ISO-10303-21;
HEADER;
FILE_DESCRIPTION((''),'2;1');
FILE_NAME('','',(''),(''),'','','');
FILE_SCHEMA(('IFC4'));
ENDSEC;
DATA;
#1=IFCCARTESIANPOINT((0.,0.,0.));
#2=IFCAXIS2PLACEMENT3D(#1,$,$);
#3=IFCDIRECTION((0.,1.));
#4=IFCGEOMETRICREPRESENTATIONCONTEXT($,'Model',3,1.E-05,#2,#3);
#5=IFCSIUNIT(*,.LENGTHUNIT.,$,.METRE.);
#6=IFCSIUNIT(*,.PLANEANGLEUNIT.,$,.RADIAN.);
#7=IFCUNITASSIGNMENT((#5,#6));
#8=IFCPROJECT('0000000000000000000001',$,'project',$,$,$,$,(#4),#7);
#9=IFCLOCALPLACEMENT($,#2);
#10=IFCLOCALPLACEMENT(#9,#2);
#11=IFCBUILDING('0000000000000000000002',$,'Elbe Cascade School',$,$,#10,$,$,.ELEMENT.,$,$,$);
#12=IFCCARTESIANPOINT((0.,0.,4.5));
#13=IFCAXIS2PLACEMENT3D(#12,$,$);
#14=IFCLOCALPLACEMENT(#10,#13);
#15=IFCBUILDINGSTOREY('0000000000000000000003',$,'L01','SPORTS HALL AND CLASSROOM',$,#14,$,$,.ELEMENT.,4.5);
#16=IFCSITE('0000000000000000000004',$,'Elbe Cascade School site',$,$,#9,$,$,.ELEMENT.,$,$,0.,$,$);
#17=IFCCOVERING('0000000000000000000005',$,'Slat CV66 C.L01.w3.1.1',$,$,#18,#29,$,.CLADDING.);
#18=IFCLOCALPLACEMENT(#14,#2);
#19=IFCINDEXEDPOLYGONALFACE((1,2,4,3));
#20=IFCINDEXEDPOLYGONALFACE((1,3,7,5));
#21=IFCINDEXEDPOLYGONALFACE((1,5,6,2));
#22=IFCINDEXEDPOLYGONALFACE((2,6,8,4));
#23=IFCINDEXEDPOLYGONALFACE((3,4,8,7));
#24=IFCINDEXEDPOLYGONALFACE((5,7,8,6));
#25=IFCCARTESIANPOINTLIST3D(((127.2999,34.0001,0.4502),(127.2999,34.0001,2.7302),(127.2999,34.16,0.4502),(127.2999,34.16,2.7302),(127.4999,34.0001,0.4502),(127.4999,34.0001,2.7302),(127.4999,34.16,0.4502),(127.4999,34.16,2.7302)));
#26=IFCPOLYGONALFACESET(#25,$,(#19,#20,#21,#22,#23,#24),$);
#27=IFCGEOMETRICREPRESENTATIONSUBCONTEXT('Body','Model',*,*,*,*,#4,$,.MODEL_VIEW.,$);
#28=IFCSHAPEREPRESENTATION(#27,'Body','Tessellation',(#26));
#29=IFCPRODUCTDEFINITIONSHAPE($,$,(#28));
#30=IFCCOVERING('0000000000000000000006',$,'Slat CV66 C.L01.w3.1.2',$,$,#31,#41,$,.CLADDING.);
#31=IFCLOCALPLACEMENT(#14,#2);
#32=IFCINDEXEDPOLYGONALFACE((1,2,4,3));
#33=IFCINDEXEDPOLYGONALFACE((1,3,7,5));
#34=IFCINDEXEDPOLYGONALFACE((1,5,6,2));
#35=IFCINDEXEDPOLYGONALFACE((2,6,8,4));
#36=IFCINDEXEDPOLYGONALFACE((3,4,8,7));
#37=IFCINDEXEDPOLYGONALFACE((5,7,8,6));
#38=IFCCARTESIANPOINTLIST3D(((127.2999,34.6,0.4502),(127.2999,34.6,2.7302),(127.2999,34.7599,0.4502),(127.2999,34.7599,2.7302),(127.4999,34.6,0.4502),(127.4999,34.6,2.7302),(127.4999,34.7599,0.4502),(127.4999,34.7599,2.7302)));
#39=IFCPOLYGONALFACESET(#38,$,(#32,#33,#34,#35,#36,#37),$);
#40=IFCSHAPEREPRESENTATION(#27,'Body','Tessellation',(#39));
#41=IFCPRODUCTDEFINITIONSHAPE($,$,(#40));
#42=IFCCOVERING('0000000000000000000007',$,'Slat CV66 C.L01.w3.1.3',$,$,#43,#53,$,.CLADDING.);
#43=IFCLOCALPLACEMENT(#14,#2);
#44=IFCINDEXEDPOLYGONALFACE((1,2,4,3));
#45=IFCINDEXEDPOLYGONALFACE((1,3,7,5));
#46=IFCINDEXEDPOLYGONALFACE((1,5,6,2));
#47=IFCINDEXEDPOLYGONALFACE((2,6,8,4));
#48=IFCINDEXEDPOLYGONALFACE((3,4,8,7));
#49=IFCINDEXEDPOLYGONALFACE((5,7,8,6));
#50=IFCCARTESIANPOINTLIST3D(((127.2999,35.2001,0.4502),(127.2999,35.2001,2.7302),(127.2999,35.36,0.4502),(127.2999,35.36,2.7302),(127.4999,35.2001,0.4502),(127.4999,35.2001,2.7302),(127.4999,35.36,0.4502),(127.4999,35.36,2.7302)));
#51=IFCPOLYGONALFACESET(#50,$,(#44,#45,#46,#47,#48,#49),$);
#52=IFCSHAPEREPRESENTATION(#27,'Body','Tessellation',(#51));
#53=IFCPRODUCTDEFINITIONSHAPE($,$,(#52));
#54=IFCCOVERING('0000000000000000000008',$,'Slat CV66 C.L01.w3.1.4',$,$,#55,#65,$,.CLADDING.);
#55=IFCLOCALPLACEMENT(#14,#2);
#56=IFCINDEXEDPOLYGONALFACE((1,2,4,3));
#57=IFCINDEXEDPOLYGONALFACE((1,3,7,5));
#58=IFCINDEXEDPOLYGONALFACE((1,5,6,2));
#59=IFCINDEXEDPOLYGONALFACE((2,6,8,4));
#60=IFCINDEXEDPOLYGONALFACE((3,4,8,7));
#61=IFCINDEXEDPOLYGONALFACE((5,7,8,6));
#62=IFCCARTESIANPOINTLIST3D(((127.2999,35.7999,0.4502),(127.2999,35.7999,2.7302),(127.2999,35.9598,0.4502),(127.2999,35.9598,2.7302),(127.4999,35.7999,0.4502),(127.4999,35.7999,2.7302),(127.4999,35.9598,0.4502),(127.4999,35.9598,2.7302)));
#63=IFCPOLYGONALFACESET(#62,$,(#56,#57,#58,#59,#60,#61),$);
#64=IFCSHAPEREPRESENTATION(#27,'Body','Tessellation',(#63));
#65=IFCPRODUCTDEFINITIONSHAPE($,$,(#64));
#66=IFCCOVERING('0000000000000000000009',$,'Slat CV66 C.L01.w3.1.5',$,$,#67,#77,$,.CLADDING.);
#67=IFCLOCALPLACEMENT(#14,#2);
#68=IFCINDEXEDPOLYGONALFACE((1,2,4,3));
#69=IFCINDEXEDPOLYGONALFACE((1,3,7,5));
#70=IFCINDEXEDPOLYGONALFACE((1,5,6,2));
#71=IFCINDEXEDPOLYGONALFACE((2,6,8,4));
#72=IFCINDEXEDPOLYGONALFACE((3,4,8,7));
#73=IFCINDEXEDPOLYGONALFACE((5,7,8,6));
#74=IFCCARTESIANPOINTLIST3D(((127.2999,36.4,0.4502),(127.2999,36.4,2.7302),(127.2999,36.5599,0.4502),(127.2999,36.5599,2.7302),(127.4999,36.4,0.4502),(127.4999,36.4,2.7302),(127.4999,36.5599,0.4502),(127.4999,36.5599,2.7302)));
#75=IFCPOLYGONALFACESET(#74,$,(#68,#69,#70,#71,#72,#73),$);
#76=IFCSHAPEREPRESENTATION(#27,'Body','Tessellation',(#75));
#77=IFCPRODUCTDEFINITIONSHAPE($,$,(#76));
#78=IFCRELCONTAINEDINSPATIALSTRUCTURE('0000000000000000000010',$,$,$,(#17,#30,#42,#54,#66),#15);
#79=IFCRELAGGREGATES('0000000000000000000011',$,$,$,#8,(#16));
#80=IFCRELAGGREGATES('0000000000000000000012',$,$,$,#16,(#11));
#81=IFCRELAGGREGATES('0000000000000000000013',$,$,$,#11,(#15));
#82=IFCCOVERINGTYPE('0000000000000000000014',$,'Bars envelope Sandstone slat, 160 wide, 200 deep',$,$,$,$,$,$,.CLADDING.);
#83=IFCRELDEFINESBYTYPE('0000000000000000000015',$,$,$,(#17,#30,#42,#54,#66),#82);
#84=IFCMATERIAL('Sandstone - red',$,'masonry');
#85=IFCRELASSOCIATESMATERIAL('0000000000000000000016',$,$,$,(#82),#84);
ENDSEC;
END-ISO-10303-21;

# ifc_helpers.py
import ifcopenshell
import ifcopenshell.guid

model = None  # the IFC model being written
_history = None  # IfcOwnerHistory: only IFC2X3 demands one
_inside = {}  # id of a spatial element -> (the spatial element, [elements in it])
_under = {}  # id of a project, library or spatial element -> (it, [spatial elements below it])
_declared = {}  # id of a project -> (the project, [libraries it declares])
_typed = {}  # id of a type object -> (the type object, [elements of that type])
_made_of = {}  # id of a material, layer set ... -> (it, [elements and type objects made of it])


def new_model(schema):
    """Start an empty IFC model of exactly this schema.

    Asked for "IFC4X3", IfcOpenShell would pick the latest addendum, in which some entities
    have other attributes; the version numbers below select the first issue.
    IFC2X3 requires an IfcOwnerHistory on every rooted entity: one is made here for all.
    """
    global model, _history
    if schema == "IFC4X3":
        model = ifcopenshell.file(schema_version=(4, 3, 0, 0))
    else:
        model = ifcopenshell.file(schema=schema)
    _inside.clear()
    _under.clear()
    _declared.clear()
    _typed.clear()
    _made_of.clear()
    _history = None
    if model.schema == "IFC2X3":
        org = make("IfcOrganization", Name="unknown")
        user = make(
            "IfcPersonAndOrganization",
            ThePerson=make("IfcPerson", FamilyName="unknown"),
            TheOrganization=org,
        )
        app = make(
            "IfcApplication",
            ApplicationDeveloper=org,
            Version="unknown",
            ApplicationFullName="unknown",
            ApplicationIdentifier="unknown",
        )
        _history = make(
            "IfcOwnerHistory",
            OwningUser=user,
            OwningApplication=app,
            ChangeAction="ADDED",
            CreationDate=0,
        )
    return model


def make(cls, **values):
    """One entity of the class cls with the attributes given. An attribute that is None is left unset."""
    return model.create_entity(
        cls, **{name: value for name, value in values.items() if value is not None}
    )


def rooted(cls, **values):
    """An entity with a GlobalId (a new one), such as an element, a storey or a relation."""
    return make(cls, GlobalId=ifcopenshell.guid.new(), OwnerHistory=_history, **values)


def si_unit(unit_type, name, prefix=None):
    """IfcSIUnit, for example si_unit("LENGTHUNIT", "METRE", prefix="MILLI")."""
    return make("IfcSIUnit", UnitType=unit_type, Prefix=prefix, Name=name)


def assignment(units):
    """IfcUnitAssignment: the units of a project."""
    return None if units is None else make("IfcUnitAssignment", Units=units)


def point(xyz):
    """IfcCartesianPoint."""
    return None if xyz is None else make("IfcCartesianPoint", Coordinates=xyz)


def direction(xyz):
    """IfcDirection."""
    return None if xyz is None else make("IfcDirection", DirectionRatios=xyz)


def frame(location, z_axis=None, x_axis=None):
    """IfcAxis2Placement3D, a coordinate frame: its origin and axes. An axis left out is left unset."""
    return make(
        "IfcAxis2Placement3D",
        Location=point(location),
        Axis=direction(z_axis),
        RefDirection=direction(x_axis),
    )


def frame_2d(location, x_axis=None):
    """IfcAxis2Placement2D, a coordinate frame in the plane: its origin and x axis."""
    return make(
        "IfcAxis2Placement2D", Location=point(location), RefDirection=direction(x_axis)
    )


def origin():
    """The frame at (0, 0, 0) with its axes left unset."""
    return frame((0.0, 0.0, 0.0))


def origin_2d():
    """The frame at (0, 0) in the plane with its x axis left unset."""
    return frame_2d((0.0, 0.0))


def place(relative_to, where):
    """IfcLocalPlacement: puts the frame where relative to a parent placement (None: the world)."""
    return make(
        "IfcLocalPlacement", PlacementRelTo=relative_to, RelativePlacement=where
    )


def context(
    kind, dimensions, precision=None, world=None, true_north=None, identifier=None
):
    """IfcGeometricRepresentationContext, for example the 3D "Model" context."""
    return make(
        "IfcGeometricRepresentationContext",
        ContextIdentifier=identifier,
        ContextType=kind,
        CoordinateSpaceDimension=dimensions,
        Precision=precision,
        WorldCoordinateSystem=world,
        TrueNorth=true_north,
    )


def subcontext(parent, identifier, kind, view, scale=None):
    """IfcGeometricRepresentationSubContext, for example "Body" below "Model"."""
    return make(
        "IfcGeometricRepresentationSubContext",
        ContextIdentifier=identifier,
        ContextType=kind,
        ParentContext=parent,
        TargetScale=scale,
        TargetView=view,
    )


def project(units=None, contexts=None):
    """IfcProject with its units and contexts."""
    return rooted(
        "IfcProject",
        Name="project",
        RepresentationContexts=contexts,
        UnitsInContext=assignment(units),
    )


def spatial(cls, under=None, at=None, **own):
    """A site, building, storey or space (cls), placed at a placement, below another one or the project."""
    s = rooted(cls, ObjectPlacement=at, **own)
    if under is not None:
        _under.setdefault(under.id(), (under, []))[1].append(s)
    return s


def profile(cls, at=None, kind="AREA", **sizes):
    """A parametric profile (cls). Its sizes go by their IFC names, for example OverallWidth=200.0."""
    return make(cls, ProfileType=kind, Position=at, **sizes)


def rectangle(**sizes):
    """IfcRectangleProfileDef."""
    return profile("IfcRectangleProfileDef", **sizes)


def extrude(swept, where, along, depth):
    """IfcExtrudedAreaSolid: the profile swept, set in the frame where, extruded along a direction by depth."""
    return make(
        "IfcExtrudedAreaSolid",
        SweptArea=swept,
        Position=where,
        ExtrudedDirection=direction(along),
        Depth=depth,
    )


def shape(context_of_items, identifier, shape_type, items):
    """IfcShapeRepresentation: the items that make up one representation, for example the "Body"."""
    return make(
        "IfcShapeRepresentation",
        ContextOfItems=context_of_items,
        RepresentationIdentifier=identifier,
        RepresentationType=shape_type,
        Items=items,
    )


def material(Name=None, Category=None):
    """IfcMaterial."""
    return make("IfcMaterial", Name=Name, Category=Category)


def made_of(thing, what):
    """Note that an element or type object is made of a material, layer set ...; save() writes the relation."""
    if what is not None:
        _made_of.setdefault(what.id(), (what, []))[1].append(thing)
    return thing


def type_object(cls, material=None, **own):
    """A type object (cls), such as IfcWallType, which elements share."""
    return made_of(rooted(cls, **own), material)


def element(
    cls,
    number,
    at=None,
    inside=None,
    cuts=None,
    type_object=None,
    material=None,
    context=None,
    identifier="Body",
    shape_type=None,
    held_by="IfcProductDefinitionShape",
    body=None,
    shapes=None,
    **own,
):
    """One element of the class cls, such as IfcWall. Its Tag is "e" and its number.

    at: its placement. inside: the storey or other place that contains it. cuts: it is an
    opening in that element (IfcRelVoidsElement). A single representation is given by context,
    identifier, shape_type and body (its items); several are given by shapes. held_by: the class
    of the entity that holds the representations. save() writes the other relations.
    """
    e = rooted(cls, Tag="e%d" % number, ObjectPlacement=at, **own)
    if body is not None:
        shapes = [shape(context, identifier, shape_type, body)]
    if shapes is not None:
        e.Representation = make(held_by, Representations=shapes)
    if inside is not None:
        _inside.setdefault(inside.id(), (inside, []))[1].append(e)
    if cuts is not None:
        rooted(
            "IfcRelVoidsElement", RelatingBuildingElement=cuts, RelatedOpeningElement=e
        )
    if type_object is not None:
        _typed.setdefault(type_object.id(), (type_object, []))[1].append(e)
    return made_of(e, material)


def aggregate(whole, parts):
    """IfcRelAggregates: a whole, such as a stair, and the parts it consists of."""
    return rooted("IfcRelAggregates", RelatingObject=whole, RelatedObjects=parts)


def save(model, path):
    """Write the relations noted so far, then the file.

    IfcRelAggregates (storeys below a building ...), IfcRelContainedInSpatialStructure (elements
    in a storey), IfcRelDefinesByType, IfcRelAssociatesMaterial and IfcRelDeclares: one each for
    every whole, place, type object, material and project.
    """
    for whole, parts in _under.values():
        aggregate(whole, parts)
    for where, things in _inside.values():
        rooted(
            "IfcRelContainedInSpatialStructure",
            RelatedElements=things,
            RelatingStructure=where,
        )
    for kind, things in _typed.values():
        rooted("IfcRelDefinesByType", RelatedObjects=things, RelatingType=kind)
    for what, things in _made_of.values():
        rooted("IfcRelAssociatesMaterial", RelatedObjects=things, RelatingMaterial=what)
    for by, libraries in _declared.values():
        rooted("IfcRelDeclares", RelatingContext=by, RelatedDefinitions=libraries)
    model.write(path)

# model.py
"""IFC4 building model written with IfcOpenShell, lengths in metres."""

from ifc_helpers import new_model, si_unit, direction, frame, origin, origin_2d, place, context, subcontext, project, spatial, rectangle, extrude, material, type_object, element, save


model = new_model("IFC4")

# Units and contexts
model_context = context("Model", 3, precision=1e-05, world=origin(), true_north=direction((0.0, 1.0)))
body_context = subcontext(model_context, "Body", "Model", "MODEL_VIEW")
ifc_project = project(units=[si_unit("LENGTHUNIT", "METRE"), si_unit("PLANEANGLEUNIT", "RADIAN")], contexts=[model_context])

# Site, building, storey
site_placement = place(None, origin())
site = spatial("IfcSite", under=ifc_project, at=site_placement, Name="Elbe Cascade School site", CompositionType="ELEMENT", RefElevation=0.0)
building_placement = place(site_placement, origin())
building = spatial("IfcBuilding", under=site, at=building_placement, Name="Elbe Cascade School", CompositionType="ELEMENT")
storey_placement = place(building_placement, frame((0.0, 0.0, 4.5)))
storey = spatial("IfcBuildingStorey", under=building, at=storey_placement, Name="L01", Description="SPORTS HALL AND CLASSROOM", CompositionType="ELEMENT", Elevation=4.5)

# Coverings
ifc_material_1 = material(Name="Sandstone - red", Category="masonry")
covering_type_1 = type_object("IfcCoveringType", Name="Bars envelope Sandstone slat, 160 wide, 200 deep", PredefinedType="CLADDING", material=ifc_material_1)
for number, where, z_axis, x_axis, name in (
    (1, (127.3999, 34.0801, 0.4502), (0.0, 0.0, 1.0), (0.0, 1.0, 0.0), "Slat CV66 C.L01.w3.1.1"),
    (2, (127.3999, 34.6799, 0.4502), (0.0, 0.0, 1.0), (0.0, 1.0, 0.0), "Slat CV66 C.L01.w3.1.2"),
    (3, (127.3999, 35.28, 0.4502), (0.0, 0.0, 1.0), (0.0, 1.0, 0.0), "Slat CV66 C.L01.w3.1.3"),
    (4, (127.3999, 35.8799, 0.4502), (0.0, 0.0, 1.0), (0.0, 1.0, 0.0), "Slat CV66 C.L01.w3.1.4"),
    (5, (127.3999, 36.48, 0.4502), (0.0, 0.0, 1.0), (0.0, 1.0, 0.0), "Slat CV66 C.L01.w3.1.5"),
):
    element("IfcCovering", number, at=place(storey_placement, frame(where, z_axis=z_axis, x_axis=x_axis)), inside=storey, type_object=covering_type_1, Name=name, PredefinedType="CLADDING", context=body_context, shape_type="SweptSolid", body=[
        extrude(rectangle(XDim=0.1599, YDim=0.2, at=origin_2d()), origin(), (0.0, 0.0, 1.0), 2.28),
    ])

save(model, "model.ifc")
